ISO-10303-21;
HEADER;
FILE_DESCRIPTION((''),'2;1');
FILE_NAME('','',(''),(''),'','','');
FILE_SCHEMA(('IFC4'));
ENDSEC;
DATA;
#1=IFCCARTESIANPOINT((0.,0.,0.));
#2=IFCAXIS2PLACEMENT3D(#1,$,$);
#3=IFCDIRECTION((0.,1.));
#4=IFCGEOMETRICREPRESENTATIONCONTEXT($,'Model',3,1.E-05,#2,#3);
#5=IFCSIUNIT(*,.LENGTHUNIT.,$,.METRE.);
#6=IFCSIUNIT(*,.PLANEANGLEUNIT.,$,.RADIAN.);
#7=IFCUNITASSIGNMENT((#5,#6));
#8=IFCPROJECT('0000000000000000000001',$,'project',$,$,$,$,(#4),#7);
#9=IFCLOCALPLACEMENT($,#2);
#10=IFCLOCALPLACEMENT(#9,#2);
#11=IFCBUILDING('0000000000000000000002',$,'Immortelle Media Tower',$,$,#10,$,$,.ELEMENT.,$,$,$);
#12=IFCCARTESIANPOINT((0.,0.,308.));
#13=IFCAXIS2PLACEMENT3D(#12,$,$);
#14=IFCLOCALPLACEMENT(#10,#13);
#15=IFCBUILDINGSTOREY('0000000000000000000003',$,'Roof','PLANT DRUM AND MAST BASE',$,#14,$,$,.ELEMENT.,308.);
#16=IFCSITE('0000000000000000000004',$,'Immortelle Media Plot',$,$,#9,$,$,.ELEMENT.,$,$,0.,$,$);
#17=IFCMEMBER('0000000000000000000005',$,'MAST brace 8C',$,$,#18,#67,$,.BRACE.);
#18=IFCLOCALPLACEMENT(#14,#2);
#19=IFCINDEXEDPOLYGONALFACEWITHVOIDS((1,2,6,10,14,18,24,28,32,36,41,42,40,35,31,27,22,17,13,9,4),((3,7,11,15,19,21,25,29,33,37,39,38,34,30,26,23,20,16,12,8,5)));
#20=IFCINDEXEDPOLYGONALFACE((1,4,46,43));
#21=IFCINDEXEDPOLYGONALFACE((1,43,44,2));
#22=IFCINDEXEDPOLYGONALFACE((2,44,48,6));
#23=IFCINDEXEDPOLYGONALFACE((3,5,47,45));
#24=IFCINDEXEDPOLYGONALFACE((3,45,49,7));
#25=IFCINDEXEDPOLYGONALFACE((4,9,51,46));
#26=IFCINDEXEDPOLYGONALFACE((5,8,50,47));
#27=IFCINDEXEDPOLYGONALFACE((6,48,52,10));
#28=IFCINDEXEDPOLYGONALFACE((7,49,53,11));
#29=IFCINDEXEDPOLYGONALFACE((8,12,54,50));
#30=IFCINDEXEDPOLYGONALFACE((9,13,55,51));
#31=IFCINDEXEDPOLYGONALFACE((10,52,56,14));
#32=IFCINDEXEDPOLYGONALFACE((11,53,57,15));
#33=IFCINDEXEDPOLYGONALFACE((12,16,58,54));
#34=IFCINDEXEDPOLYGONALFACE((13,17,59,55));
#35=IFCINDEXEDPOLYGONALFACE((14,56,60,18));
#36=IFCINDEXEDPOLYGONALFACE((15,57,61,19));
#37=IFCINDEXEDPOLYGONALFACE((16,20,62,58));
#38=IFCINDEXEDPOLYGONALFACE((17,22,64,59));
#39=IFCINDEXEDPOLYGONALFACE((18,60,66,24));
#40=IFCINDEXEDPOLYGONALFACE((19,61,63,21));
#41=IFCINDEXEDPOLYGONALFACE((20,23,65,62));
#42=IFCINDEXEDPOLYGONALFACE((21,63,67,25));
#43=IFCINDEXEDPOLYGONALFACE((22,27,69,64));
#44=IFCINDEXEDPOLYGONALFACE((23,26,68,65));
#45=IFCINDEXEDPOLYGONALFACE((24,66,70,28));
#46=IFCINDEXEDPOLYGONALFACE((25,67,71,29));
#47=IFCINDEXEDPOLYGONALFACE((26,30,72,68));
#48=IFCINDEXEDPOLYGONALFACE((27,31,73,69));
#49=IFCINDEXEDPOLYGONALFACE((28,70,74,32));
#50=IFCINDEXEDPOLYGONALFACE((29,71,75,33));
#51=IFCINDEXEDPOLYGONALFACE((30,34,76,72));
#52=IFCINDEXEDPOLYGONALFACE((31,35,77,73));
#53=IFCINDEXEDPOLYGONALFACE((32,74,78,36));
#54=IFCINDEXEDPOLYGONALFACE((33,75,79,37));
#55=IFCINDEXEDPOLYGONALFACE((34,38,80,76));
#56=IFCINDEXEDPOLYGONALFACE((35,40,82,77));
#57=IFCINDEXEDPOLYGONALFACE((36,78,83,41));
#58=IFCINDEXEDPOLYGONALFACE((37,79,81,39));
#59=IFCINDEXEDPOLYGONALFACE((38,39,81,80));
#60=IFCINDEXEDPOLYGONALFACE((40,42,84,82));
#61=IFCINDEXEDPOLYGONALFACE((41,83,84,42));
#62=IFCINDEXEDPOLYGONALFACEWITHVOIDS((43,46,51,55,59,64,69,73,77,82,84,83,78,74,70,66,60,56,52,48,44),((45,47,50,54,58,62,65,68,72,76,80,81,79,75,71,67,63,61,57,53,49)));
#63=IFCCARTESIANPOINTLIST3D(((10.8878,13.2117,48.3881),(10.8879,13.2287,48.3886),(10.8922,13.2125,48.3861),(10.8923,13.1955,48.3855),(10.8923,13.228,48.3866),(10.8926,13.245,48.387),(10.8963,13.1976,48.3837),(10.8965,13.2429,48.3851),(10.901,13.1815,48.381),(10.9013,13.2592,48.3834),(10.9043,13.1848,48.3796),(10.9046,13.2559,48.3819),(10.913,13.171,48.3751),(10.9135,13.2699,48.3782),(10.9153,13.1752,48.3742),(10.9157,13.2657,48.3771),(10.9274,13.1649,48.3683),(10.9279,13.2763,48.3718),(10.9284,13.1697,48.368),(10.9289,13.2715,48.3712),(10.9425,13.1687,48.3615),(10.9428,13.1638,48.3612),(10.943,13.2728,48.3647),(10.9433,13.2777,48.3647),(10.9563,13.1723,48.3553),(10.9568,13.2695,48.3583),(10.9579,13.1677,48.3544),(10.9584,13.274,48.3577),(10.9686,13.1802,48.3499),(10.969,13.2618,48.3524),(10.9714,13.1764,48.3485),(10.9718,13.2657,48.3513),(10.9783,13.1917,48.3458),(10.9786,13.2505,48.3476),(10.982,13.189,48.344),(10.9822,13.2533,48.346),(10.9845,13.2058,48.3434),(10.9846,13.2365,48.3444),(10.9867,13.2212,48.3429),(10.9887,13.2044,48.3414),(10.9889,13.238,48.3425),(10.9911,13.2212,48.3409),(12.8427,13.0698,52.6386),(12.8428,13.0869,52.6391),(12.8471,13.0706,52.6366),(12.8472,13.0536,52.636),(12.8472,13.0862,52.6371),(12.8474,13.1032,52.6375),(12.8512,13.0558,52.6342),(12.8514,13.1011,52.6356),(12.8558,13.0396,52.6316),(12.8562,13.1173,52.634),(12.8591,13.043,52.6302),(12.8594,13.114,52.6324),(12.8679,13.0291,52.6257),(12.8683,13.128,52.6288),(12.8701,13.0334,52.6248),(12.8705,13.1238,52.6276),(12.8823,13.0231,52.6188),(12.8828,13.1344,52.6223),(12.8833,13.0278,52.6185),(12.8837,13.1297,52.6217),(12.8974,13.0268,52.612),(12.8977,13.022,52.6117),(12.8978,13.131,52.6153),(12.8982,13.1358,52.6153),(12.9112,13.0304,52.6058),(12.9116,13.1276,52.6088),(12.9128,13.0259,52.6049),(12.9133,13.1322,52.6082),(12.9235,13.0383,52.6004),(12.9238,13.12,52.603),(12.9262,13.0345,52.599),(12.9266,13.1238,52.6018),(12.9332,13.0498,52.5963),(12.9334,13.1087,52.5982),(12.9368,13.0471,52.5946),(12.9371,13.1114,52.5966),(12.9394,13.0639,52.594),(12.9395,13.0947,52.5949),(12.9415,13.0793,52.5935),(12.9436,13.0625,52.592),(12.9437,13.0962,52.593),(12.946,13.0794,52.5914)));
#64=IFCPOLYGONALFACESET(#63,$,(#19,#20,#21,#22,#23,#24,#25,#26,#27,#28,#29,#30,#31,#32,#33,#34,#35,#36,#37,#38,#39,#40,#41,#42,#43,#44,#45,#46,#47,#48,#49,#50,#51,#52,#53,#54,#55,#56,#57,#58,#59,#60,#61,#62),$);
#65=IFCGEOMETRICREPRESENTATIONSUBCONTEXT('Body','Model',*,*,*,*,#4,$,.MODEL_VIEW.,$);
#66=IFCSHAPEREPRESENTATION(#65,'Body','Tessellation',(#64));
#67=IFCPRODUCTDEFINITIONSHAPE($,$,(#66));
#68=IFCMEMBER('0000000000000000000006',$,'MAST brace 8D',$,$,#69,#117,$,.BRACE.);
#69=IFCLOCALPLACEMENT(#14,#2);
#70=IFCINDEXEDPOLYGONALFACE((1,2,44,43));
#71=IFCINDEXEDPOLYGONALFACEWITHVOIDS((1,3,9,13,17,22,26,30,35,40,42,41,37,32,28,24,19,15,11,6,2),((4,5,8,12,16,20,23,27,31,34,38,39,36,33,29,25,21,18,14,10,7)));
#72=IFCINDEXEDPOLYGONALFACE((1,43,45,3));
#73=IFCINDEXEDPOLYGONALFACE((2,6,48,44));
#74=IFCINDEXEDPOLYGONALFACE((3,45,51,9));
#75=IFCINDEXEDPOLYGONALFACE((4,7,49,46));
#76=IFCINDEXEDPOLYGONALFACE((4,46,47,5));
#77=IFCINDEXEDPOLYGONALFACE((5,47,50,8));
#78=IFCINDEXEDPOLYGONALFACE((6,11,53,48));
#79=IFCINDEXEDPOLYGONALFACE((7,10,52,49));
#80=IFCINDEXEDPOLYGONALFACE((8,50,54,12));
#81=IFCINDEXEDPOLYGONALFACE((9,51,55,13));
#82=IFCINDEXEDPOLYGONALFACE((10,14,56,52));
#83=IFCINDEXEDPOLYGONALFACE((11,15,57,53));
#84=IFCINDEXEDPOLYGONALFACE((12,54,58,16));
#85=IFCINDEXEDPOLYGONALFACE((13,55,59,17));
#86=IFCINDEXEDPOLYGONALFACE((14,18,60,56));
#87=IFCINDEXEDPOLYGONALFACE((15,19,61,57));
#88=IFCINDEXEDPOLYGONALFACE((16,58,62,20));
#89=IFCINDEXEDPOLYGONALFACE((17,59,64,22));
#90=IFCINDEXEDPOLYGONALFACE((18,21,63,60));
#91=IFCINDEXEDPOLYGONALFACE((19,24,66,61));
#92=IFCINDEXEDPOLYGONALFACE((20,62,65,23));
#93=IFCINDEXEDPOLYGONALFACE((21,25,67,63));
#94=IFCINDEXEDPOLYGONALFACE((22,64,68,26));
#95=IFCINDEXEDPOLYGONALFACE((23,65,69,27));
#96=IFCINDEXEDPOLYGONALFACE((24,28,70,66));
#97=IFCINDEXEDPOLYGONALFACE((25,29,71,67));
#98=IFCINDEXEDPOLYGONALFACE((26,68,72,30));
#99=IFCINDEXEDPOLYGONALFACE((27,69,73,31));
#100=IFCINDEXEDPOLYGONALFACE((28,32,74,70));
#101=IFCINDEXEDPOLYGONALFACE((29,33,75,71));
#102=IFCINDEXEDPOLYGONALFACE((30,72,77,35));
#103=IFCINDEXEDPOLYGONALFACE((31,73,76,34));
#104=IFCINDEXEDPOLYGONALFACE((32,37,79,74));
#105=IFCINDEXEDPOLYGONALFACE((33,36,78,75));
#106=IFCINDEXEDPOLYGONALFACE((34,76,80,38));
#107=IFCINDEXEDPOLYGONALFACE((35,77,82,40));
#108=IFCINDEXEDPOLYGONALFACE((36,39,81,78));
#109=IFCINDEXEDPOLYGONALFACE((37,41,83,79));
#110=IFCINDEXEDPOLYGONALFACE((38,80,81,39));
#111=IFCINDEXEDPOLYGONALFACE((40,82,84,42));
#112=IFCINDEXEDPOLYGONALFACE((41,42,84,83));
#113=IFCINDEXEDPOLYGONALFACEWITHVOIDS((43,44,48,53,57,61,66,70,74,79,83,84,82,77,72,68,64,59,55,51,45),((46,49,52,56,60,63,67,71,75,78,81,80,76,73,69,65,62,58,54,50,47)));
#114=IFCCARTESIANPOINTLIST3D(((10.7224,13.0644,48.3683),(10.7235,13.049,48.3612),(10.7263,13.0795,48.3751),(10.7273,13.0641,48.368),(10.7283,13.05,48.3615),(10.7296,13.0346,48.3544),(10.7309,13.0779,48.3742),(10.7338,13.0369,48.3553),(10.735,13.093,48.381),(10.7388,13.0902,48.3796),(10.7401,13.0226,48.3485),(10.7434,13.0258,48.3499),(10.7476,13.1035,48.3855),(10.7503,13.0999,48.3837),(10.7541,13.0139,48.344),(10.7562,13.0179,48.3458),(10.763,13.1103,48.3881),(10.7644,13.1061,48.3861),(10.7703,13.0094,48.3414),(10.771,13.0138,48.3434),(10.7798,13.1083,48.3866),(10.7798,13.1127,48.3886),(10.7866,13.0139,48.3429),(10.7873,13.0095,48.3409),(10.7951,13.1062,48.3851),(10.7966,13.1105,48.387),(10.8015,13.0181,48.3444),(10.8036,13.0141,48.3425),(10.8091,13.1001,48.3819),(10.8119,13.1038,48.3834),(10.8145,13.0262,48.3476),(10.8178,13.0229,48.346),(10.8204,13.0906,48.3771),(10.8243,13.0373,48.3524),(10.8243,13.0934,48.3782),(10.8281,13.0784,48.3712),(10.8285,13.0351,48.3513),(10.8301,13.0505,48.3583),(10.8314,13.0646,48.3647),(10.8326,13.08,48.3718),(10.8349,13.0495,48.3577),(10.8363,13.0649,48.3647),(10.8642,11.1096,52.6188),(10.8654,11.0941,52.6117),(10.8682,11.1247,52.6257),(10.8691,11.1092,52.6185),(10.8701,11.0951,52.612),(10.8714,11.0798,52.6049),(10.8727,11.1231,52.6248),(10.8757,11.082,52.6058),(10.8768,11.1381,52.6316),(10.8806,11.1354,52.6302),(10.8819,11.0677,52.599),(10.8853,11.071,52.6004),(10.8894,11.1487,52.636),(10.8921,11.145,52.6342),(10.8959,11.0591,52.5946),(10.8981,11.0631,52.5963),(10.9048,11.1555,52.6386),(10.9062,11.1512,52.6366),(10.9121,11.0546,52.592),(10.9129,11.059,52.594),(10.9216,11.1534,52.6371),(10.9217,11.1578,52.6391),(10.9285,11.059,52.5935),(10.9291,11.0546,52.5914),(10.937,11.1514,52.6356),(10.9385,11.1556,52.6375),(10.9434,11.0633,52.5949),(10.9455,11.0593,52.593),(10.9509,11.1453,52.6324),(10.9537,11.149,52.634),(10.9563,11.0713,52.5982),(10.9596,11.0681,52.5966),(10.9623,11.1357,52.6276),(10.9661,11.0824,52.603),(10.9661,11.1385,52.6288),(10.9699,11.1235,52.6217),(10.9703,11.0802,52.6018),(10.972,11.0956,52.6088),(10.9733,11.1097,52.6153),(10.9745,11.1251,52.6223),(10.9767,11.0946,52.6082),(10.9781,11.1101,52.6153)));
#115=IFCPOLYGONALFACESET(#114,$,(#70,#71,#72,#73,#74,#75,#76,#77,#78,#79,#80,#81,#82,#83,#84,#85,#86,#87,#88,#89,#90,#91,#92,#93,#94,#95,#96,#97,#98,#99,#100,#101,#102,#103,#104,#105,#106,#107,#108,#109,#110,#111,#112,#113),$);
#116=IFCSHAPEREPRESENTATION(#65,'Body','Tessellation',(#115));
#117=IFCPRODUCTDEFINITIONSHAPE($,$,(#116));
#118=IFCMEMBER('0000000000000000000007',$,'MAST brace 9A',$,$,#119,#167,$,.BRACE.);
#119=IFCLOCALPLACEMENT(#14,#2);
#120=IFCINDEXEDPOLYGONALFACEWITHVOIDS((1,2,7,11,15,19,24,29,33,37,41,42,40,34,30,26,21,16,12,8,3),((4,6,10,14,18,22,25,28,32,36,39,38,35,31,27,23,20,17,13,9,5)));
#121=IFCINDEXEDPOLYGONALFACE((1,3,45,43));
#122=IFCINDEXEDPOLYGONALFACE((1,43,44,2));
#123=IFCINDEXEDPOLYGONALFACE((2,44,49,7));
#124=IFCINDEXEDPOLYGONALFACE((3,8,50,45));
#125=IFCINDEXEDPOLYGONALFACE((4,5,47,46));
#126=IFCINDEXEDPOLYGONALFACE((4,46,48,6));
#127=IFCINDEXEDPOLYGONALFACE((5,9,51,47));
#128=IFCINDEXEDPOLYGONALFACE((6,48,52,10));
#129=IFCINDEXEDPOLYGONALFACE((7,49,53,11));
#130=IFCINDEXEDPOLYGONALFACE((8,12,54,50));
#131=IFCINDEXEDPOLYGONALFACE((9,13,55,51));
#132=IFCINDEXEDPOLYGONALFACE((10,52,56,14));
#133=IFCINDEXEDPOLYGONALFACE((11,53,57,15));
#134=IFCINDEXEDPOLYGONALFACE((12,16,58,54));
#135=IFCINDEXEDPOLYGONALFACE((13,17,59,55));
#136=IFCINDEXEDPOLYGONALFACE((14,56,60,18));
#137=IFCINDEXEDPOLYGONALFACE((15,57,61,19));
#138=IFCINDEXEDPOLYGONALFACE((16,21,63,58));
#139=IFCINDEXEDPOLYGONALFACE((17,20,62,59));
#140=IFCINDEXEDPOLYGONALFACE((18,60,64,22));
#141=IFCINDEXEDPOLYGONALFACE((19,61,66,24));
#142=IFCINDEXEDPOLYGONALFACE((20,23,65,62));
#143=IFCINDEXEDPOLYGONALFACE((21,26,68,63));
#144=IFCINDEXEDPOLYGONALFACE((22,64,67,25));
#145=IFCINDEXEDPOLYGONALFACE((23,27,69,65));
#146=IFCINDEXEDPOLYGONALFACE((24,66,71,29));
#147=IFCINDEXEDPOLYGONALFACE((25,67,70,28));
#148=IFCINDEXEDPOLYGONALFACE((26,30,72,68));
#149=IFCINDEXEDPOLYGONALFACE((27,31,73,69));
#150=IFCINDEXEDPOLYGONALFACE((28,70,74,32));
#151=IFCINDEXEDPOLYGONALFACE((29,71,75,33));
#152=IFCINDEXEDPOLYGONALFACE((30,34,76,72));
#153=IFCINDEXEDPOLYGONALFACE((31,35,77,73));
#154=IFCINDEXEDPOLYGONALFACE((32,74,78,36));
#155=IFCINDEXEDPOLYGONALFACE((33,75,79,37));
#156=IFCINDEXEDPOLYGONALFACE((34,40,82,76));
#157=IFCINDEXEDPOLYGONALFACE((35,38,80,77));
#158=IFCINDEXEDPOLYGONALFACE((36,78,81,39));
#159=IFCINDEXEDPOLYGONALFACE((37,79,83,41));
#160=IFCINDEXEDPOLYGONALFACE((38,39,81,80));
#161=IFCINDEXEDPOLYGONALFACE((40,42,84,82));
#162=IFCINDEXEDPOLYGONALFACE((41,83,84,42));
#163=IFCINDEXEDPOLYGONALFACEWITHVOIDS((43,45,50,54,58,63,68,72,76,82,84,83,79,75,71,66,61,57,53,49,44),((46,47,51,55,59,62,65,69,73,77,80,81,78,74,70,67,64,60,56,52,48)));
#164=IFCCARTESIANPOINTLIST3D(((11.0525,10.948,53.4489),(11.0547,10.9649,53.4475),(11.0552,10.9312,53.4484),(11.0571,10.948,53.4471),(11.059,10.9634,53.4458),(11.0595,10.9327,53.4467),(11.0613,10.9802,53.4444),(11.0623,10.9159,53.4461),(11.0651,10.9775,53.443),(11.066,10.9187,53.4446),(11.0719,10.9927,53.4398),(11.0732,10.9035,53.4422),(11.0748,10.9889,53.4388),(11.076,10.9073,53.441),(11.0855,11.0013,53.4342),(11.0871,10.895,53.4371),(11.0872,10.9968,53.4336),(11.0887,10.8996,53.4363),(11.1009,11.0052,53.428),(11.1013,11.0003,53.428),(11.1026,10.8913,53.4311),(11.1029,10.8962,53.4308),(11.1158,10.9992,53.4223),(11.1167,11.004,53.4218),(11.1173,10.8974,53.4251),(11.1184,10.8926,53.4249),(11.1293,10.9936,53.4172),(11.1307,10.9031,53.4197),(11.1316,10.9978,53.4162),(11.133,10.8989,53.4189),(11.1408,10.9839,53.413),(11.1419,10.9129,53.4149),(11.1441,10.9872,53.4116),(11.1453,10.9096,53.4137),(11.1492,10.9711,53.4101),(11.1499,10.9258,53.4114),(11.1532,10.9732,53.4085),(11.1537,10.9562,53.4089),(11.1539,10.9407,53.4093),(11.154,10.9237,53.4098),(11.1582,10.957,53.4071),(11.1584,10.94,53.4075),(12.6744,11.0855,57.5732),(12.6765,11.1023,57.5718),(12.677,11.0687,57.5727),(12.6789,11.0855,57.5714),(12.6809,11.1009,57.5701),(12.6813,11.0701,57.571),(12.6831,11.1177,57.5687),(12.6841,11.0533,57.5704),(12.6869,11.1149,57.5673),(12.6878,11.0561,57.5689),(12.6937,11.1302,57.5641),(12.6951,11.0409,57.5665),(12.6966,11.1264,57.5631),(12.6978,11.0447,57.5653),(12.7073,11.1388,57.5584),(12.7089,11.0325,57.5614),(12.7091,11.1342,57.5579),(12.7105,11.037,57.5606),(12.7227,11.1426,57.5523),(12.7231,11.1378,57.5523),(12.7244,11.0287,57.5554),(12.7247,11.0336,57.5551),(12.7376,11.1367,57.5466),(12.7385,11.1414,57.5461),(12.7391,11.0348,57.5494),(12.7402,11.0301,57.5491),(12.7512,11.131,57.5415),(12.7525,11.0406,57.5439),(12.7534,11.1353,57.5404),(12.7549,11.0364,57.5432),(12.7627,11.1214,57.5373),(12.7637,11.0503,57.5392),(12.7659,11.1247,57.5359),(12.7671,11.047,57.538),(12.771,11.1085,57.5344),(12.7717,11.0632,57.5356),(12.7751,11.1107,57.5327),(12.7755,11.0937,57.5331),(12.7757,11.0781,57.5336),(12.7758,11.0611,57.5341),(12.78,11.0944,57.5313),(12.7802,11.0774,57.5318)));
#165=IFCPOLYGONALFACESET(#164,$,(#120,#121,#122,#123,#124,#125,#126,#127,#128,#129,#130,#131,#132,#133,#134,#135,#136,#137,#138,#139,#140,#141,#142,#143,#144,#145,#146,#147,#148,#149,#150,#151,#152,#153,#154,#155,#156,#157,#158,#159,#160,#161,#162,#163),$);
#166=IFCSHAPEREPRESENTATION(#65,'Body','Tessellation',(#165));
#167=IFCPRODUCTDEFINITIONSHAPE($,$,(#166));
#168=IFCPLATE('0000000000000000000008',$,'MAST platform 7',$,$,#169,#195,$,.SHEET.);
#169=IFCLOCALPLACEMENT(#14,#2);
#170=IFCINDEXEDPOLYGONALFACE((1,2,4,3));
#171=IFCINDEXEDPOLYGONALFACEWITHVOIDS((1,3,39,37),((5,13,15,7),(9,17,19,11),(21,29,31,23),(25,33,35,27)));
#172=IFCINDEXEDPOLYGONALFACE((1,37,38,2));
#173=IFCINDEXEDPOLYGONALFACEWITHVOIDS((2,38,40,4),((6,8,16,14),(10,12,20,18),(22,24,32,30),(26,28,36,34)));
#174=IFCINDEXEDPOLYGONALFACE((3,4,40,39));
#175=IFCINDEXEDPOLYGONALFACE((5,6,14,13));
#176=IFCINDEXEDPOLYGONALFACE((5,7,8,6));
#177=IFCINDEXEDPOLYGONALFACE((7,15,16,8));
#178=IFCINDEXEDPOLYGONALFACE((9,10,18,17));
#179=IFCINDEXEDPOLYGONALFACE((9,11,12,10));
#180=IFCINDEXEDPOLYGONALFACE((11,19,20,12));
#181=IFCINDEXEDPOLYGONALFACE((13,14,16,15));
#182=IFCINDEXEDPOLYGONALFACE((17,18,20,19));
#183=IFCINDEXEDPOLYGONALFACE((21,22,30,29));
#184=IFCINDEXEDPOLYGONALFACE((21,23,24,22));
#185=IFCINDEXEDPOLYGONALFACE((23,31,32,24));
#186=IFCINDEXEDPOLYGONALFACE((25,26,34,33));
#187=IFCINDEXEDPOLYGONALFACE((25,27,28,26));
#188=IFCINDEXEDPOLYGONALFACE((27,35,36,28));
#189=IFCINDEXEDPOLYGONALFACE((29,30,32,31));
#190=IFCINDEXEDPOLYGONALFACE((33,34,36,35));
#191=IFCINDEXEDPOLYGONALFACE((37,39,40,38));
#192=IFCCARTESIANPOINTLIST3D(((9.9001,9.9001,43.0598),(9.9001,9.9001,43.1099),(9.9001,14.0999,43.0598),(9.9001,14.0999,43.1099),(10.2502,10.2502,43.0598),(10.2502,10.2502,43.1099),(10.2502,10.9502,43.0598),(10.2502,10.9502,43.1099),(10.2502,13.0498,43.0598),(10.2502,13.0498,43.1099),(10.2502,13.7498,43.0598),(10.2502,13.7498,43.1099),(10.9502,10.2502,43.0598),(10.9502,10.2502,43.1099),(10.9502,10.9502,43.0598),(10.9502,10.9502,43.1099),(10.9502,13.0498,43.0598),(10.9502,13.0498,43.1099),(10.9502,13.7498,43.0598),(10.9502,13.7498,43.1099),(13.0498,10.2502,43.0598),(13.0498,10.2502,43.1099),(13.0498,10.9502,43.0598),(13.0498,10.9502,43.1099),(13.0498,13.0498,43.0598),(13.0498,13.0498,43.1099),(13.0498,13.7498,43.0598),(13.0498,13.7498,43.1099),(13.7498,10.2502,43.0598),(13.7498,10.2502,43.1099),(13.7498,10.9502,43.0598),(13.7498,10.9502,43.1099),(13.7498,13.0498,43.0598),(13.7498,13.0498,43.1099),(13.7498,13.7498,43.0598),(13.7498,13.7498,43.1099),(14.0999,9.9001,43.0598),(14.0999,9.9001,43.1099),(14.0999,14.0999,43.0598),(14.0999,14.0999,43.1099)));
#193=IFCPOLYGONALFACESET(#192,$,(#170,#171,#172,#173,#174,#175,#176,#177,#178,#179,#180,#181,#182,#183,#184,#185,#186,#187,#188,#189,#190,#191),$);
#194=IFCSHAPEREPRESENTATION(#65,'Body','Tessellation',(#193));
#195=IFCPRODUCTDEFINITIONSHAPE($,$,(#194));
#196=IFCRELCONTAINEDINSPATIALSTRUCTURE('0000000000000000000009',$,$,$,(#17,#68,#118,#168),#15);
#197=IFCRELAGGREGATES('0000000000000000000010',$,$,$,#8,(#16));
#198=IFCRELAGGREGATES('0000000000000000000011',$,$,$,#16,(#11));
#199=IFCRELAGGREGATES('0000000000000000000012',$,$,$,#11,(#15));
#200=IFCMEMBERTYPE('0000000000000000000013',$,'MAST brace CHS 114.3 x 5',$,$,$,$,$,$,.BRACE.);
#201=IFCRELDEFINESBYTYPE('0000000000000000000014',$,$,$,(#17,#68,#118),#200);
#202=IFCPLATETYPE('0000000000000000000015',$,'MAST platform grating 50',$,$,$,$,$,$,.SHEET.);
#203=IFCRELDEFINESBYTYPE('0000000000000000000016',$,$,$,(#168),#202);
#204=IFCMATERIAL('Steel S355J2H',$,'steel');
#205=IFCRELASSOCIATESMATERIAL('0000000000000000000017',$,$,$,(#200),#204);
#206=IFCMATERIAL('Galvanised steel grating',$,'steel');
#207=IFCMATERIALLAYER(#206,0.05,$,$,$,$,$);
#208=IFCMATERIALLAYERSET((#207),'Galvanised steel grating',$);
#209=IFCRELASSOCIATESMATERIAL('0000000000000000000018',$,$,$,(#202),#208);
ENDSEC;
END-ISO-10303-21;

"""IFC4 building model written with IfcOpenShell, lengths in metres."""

from ifc_helpers import new_model, si_unit, direction, frame, origin, origin_2d, place, context, subcontext, project, spatial, polyline, hollow_circle, outline, extrude, material, layer, layer_set, material_profile, profile_set, type_object, element, save


model = new_model("IFC4")

# Units and contexts
model_context = context("Model", 3, precision=1e-05, world=origin(), true_north=direction((0.0, 1.0)))
body_context = subcontext(model_context, "Body", "Model", "MODEL_VIEW")
ifc_project = project(units=[si_unit("LENGTHUNIT", "METRE"), si_unit("PLANEANGLEUNIT", "RADIAN")], contexts=[model_context])

# Site, building, storey
site_placement = place(None, origin())
site = spatial("IfcSite", under=ifc_project, at=site_placement, Name="Immortelle Media Plot", CompositionType="ELEMENT", RefElevation=0.0)
building_placement = place(site_placement, origin())
building = spatial("IfcBuilding", under=site, at=building_placement, Name="Immortelle Media Tower", CompositionType="ELEMENT")
storey_placement = place(building_placement, frame((0.0, 0.0, 308.0)))
storey = spatial("IfcBuildingStorey", under=building, at=storey_placement, Name="Roof", Description="PLANT DRUM AND MAST BASE", CompositionType="ELEMENT", Elevation=308.0)

# Members
ifc_material_1 = material(Name="Steel S355J2H", Category="steel")
ifc_material_profile_1 = material_profile(ifc_material_1, hollow_circle(Radius=0.0571, WallThickness=0.0049, at=origin_2d()), Name="CHS 114.3 x 5")
ifc_profile_set_1 = profile_set([ifc_material_profile_1], Name="Steel S355J2H")
member_type = type_object("IfcMemberType", Name="MAST brace CHS 114.3 x 5", PredefinedType="BRACE", material=ifc_profile_set_1)
for number, where, z_axis, x_axis, name in (
    (1, (10.9392, 13.2207, 48.3647), (0.417645, -0.030305, 0.908105), (0.072371, 0.997378, 0.0), "MAST brace 8C"),
    (2, (10.7793, 13.0608, 48.3647), (0.030305, -0.417645, 0.908105), (0.997378, 0.072371, 0.0), "MAST brace 8D"),
):
    element("IfcMember", number, at=place(storey_placement, frame(where, z_axis=z_axis, x_axis=x_axis)), inside=storey, type_object=member_type, Name=name, PredefinedType="BRACE", context=body_context, shape_type="SweptSolid", body=[
        extrude(hollow_circle(Radius=0.0571, WallThickness=0.0049, at=origin_2d()), origin(), (0.0, 0.0, 1.0), 4.6807),
    ])
member_placement = place(storey_placement, frame((11.1057, 10.9482, 53.428), z_axis=(0.365785, 0.031001, 0.930183), x_axis=(-0.084448, 0.996428, 0.0)))
element("IfcMember", 3, at=member_placement, inside=storey, type_object=member_type, Name="MAST brace 9A", PredefinedType="BRACE", context=body_context, shape_type="SweptSolid", body=[
    extrude(hollow_circle(Radius=0.0571, WallThickness=0.0049, at=origin_2d()), origin(), (0.0, 0.0, 1.0), 4.4338),
])

# Plate
ifc_material_2 = material(Name="Galvanised steel grating", Category="steel")
ifc_layer = layer(ifc_material_2, 0.05)
ifc_layer_set = layer_set([ifc_layer], Name="Galvanised steel grating")
plate_type = type_object("IfcPlateType", Name="MAST platform grating 50", PredefinedType="SHEET", material=ifc_layer_set)
plate_placement = place(storey_placement, frame((0.0, 0.0, 43.0598)))
element("IfcPlate", 4, at=plate_placement, inside=storey, type_object=plate_type, Name="MAST platform 7", PredefinedType="SHEET", context=body_context, shape_type="SweptSolid", body=[
    extrude(outline(polyline([(9.9001, 9.9001), (14.0999, 9.9001), (14.0999, 14.0999), (9.9001, 14.0999), (9.9001, 9.9001)]), holes=[polyline([(10.2502, 10.2502), (10.9502, 10.2502), (10.9502, 10.9502), (10.2502, 10.9502), (10.2502, 10.2502)]), polyline([(13.0498, 10.2502), (13.7498, 10.2502), (13.7498, 10.9502), (13.0498, 10.9502), (13.0498, 10.2502)]), polyline([(13.0498, 13.0498), (13.7498, 13.0498), (13.7498, 13.7498), (13.0498, 13.7498), (13.0498, 13.0498)]), polyline([(10.2502, 13.0498), (10.9502, 13.0498), (10.9502, 13.7498), (10.2502, 13.7498), (10.2502, 13.0498)])]), origin(), (0.0, 0.0, 1.0), 0.05),
])

save(model, "model.ifc")
